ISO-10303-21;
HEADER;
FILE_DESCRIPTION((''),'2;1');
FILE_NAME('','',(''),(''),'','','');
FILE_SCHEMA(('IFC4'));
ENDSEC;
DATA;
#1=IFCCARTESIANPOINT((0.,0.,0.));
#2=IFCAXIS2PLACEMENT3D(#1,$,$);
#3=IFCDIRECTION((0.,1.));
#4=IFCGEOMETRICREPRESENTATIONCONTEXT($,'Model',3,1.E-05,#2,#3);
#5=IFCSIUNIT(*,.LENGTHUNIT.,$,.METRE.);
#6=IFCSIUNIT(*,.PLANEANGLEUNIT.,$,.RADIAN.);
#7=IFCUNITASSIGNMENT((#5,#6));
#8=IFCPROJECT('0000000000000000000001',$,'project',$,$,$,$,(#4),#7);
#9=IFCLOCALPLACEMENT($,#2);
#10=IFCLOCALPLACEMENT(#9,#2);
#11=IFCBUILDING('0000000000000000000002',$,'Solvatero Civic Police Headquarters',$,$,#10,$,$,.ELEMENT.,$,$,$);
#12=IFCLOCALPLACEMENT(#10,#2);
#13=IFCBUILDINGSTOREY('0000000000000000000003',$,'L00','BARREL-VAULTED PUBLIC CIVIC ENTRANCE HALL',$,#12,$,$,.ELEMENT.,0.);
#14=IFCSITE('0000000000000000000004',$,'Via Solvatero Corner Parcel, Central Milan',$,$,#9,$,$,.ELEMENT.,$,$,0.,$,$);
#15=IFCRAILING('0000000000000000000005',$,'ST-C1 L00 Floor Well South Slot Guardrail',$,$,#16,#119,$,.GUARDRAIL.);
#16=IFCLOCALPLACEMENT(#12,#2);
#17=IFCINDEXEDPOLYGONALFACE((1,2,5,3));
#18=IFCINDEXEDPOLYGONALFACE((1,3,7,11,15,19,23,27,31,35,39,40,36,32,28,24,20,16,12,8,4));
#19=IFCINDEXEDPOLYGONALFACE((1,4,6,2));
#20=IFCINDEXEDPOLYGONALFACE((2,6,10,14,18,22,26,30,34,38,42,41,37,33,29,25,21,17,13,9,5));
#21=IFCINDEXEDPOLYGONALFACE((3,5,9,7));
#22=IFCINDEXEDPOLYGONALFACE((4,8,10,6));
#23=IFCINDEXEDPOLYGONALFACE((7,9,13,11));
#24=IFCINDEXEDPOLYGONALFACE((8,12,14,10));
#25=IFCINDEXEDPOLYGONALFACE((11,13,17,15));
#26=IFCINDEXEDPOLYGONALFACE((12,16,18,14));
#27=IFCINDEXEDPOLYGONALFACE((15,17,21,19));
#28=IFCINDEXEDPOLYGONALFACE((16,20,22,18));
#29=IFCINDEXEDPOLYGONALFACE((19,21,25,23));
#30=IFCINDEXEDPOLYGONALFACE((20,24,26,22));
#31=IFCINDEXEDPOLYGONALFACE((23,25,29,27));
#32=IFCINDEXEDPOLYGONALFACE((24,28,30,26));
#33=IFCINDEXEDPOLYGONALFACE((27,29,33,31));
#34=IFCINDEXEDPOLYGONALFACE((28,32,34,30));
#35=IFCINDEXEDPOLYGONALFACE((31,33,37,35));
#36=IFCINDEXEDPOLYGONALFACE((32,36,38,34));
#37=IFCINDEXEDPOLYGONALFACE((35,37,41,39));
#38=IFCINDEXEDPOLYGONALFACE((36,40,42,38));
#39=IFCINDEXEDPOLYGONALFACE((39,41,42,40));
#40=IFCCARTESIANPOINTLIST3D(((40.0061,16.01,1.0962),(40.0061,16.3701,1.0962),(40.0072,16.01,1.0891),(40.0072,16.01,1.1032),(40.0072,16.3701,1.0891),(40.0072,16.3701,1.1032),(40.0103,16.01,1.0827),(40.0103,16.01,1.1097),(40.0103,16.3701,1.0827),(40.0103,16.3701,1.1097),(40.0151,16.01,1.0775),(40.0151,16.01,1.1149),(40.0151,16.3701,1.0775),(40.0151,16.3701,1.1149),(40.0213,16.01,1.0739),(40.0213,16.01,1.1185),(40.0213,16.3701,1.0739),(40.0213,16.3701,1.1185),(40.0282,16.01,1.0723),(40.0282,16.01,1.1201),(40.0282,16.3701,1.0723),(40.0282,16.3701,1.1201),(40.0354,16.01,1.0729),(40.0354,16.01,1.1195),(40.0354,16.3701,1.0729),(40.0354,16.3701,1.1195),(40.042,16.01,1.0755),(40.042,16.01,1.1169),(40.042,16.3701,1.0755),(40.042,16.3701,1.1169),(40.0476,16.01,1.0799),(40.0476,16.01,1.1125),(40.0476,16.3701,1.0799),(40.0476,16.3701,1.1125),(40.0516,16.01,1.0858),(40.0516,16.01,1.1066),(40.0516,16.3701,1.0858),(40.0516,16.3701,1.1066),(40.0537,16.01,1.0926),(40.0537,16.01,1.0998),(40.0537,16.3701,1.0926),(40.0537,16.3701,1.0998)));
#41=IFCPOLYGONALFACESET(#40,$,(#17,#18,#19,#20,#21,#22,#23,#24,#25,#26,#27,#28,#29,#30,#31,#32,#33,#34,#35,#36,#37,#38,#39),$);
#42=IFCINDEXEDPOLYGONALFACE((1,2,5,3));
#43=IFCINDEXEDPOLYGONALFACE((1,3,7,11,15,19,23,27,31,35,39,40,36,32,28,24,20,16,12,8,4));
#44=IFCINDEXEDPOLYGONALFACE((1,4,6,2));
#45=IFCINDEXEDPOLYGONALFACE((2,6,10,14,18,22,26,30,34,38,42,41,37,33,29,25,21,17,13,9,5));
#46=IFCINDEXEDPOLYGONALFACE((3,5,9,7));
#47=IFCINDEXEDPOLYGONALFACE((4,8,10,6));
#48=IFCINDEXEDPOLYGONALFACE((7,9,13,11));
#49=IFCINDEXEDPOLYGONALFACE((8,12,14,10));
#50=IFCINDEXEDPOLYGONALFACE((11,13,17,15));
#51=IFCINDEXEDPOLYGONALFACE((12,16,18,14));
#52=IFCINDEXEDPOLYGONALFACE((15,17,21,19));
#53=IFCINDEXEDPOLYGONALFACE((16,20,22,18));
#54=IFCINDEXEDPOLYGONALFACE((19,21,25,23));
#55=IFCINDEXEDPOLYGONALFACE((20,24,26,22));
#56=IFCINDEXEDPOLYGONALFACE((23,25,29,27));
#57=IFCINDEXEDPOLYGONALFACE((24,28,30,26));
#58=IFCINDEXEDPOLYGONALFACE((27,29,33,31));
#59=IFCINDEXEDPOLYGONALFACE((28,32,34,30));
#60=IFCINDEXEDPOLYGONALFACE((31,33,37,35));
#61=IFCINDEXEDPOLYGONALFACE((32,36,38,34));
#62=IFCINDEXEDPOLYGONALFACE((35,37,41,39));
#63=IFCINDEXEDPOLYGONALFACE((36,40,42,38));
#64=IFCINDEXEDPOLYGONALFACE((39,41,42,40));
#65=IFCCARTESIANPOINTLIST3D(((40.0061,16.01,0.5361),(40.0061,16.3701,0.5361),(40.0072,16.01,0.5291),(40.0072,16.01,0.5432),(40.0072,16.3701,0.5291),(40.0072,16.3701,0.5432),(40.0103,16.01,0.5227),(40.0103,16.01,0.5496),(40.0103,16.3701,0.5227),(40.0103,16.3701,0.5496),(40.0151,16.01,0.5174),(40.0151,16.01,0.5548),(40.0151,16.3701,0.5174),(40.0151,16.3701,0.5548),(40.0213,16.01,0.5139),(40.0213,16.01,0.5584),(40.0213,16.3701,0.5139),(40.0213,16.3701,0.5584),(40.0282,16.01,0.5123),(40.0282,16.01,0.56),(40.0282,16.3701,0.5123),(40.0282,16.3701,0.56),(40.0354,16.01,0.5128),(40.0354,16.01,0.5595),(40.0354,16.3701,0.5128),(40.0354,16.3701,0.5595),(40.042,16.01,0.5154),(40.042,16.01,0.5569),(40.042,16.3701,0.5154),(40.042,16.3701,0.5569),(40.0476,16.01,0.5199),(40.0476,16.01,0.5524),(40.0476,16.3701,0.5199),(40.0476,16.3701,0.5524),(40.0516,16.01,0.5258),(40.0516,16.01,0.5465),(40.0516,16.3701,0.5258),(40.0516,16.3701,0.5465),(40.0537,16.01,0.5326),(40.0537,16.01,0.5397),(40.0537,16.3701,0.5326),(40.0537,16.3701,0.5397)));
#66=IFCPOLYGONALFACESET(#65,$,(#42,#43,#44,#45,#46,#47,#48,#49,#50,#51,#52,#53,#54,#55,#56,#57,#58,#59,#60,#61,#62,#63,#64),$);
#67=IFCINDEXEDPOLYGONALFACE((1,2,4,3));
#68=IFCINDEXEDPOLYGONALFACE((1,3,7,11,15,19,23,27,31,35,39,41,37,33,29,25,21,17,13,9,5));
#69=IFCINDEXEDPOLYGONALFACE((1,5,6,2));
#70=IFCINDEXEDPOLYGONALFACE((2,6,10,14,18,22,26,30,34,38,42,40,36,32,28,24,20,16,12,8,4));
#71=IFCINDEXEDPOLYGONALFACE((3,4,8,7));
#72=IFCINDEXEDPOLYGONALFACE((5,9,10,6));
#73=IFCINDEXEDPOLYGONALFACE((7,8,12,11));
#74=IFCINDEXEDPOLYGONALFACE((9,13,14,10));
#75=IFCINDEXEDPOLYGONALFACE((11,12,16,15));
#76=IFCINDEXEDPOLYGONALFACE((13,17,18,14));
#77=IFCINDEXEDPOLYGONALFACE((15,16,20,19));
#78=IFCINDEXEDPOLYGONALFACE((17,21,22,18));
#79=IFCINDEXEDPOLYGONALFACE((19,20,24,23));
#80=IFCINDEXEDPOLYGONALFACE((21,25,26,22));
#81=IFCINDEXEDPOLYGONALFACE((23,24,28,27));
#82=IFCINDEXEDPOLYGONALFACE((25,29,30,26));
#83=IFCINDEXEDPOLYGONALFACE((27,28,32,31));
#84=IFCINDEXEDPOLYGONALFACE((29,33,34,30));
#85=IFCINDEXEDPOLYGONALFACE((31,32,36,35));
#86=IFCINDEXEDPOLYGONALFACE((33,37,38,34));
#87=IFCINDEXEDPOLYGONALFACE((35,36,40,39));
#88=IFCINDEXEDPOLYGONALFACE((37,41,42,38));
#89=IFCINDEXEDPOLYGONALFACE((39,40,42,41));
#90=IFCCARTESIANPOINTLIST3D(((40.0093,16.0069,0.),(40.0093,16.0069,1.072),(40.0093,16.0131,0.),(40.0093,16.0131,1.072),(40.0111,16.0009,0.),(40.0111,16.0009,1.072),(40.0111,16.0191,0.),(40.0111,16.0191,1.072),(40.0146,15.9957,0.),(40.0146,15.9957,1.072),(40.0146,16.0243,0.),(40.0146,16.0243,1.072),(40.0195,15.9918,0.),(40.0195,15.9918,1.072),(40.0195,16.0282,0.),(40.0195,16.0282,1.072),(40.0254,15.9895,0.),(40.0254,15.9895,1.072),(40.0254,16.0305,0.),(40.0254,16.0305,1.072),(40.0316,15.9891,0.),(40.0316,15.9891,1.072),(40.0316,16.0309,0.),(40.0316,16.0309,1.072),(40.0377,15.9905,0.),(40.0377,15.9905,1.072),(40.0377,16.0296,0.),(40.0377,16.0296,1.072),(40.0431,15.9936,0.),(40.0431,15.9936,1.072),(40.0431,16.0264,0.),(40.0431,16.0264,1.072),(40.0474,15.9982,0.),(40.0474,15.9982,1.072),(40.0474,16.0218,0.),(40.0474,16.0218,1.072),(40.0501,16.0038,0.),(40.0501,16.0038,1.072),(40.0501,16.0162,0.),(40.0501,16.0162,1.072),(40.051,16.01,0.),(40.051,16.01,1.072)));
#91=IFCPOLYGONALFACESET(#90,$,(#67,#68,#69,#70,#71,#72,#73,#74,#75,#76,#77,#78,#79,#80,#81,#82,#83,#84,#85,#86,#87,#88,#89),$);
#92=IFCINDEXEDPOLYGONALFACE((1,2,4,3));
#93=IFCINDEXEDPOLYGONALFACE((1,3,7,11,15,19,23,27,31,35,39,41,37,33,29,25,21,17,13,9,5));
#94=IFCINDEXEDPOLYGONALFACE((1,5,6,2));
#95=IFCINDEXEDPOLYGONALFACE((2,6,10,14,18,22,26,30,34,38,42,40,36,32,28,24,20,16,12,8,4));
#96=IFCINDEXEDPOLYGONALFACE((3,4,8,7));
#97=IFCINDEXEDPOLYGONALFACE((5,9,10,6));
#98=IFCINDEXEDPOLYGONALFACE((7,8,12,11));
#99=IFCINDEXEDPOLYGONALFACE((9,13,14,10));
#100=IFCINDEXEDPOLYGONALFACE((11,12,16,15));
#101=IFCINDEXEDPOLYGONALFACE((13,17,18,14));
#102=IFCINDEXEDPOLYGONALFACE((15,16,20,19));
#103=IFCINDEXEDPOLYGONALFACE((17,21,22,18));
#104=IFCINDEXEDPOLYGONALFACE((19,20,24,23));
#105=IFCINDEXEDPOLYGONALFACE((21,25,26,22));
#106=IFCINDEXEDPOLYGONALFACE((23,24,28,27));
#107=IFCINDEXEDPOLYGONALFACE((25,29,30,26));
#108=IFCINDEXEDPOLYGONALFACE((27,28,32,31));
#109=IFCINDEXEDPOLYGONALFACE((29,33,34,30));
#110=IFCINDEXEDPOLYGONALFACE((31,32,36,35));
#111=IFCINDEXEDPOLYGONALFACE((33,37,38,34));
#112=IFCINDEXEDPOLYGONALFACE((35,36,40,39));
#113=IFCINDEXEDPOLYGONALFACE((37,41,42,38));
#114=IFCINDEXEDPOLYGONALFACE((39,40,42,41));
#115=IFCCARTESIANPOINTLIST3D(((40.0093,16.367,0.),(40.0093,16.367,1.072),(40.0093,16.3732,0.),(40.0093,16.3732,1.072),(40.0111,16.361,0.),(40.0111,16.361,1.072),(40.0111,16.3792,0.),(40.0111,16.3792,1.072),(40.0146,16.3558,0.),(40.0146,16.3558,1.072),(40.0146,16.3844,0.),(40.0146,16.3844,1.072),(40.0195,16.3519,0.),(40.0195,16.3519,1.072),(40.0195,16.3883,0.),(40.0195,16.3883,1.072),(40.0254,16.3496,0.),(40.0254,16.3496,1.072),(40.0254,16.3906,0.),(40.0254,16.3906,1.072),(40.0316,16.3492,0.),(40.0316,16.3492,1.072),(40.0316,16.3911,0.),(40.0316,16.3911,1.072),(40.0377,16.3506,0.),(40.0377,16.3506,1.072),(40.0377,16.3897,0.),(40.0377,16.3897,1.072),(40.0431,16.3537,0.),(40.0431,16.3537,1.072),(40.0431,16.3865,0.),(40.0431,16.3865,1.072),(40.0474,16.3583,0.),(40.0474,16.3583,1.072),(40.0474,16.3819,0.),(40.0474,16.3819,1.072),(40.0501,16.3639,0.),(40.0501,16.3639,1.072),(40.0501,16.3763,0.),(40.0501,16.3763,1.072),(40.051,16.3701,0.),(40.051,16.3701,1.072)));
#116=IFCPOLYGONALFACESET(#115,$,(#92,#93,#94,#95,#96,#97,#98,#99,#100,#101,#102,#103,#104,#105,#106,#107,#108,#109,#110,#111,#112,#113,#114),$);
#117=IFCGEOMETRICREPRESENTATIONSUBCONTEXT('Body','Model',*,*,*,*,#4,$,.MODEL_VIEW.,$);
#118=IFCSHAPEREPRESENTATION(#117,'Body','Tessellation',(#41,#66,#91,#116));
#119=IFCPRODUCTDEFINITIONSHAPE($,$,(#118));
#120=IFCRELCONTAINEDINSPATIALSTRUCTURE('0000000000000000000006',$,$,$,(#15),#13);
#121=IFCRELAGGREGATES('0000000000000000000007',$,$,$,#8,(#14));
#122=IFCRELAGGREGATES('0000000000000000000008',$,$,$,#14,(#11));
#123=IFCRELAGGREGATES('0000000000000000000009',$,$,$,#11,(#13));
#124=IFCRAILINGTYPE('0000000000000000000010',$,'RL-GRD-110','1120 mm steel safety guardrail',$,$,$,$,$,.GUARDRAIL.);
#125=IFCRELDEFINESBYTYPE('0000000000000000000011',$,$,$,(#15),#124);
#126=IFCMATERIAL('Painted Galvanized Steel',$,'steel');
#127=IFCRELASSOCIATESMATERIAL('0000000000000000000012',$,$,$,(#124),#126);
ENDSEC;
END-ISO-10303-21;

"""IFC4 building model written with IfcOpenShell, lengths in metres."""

from ifc_helpers import new_model, si_unit, direction, frame, origin, origin_2d, place, context, subcontext, project, spatial, circle, extrude, material, type_object, element, save


model = new_model("IFC4")

# Units and contexts
model_context = context("Model", 3, precision=1e-05, world=origin(), true_north=direction((0.0, 1.0)))
body_context = subcontext(model_context, "Body", "Model", "MODEL_VIEW")
ifc_project = project(units=[si_unit("LENGTHUNIT", "METRE"), si_unit("PLANEANGLEUNIT", "RADIAN")], contexts=[model_context])

# Site, building, storey
site_placement = place(None, origin())
site = spatial("IfcSite", under=ifc_project, at=site_placement, Name="Via Solvatero Corner Parcel, Central Milan", CompositionType="ELEMENT", RefElevation=0.0)
building_placement = place(site_placement, origin())
building = spatial("IfcBuilding", under=site, at=building_placement, Name="Solvatero Civic Police Headquarters", CompositionType="ELEMENT")
storey_placement = place(building_placement, origin())
storey = spatial("IfcBuildingStorey", under=building, at=storey_placement, Name="L00", Description="BARREL-VAULTED PUBLIC CIVIC ENTRANCE HALL", CompositionType="ELEMENT", Elevation=0.0)

# Railing
ifc_material_1 = material(Name="Painted Galvanized Steel", Category="steel")
railing_type_1 = type_object("IfcRailingType", Name="RL-GRD-110", Description="1120 mm steel safety guardrail", PredefinedType="GUARDRAIL", material=ifc_material_1)
railing_1_placement = place(storey_placement, frame((40.03, 16.01, 0.0)))
element("IfcRailing", 1, at=railing_1_placement, inside=storey, type_object=railing_type_1, Name="ST-C1 L00 Floor Well South Slot Guardrail", PredefinedType="GUARDRAIL", context=body_context, shape_type="SweptSolid", body=[
    extrude(circle(Radius=0.0239, at=origin_2d()), frame((0.0, 0.0, 1.0962), z_axis=(0.0, 1.0, 0.0), x_axis=(-1.0, 0.0, 0.0)), (0.0, 0.0, 1.0), 0.3601),
    extrude(circle(Radius=0.0239, at=origin_2d()), frame((0.0, 0.0, 0.5361), z_axis=(0.0, 1.0, 0.0), x_axis=(-1.0, 0.0, 0.0)), (0.0, 0.0, 1.0), 0.3601),
    extrude(circle(Radius=0.021, at=origin_2d()), origin(), (0.0, 0.0, 1.0), 1.072),
    extrude(circle(Radius=0.021, at=origin_2d()), frame((0.0, 0.3601, 0.0)), (0.0, 0.0, 1.0), 1.072),
])

save(model, "model.ifc")
